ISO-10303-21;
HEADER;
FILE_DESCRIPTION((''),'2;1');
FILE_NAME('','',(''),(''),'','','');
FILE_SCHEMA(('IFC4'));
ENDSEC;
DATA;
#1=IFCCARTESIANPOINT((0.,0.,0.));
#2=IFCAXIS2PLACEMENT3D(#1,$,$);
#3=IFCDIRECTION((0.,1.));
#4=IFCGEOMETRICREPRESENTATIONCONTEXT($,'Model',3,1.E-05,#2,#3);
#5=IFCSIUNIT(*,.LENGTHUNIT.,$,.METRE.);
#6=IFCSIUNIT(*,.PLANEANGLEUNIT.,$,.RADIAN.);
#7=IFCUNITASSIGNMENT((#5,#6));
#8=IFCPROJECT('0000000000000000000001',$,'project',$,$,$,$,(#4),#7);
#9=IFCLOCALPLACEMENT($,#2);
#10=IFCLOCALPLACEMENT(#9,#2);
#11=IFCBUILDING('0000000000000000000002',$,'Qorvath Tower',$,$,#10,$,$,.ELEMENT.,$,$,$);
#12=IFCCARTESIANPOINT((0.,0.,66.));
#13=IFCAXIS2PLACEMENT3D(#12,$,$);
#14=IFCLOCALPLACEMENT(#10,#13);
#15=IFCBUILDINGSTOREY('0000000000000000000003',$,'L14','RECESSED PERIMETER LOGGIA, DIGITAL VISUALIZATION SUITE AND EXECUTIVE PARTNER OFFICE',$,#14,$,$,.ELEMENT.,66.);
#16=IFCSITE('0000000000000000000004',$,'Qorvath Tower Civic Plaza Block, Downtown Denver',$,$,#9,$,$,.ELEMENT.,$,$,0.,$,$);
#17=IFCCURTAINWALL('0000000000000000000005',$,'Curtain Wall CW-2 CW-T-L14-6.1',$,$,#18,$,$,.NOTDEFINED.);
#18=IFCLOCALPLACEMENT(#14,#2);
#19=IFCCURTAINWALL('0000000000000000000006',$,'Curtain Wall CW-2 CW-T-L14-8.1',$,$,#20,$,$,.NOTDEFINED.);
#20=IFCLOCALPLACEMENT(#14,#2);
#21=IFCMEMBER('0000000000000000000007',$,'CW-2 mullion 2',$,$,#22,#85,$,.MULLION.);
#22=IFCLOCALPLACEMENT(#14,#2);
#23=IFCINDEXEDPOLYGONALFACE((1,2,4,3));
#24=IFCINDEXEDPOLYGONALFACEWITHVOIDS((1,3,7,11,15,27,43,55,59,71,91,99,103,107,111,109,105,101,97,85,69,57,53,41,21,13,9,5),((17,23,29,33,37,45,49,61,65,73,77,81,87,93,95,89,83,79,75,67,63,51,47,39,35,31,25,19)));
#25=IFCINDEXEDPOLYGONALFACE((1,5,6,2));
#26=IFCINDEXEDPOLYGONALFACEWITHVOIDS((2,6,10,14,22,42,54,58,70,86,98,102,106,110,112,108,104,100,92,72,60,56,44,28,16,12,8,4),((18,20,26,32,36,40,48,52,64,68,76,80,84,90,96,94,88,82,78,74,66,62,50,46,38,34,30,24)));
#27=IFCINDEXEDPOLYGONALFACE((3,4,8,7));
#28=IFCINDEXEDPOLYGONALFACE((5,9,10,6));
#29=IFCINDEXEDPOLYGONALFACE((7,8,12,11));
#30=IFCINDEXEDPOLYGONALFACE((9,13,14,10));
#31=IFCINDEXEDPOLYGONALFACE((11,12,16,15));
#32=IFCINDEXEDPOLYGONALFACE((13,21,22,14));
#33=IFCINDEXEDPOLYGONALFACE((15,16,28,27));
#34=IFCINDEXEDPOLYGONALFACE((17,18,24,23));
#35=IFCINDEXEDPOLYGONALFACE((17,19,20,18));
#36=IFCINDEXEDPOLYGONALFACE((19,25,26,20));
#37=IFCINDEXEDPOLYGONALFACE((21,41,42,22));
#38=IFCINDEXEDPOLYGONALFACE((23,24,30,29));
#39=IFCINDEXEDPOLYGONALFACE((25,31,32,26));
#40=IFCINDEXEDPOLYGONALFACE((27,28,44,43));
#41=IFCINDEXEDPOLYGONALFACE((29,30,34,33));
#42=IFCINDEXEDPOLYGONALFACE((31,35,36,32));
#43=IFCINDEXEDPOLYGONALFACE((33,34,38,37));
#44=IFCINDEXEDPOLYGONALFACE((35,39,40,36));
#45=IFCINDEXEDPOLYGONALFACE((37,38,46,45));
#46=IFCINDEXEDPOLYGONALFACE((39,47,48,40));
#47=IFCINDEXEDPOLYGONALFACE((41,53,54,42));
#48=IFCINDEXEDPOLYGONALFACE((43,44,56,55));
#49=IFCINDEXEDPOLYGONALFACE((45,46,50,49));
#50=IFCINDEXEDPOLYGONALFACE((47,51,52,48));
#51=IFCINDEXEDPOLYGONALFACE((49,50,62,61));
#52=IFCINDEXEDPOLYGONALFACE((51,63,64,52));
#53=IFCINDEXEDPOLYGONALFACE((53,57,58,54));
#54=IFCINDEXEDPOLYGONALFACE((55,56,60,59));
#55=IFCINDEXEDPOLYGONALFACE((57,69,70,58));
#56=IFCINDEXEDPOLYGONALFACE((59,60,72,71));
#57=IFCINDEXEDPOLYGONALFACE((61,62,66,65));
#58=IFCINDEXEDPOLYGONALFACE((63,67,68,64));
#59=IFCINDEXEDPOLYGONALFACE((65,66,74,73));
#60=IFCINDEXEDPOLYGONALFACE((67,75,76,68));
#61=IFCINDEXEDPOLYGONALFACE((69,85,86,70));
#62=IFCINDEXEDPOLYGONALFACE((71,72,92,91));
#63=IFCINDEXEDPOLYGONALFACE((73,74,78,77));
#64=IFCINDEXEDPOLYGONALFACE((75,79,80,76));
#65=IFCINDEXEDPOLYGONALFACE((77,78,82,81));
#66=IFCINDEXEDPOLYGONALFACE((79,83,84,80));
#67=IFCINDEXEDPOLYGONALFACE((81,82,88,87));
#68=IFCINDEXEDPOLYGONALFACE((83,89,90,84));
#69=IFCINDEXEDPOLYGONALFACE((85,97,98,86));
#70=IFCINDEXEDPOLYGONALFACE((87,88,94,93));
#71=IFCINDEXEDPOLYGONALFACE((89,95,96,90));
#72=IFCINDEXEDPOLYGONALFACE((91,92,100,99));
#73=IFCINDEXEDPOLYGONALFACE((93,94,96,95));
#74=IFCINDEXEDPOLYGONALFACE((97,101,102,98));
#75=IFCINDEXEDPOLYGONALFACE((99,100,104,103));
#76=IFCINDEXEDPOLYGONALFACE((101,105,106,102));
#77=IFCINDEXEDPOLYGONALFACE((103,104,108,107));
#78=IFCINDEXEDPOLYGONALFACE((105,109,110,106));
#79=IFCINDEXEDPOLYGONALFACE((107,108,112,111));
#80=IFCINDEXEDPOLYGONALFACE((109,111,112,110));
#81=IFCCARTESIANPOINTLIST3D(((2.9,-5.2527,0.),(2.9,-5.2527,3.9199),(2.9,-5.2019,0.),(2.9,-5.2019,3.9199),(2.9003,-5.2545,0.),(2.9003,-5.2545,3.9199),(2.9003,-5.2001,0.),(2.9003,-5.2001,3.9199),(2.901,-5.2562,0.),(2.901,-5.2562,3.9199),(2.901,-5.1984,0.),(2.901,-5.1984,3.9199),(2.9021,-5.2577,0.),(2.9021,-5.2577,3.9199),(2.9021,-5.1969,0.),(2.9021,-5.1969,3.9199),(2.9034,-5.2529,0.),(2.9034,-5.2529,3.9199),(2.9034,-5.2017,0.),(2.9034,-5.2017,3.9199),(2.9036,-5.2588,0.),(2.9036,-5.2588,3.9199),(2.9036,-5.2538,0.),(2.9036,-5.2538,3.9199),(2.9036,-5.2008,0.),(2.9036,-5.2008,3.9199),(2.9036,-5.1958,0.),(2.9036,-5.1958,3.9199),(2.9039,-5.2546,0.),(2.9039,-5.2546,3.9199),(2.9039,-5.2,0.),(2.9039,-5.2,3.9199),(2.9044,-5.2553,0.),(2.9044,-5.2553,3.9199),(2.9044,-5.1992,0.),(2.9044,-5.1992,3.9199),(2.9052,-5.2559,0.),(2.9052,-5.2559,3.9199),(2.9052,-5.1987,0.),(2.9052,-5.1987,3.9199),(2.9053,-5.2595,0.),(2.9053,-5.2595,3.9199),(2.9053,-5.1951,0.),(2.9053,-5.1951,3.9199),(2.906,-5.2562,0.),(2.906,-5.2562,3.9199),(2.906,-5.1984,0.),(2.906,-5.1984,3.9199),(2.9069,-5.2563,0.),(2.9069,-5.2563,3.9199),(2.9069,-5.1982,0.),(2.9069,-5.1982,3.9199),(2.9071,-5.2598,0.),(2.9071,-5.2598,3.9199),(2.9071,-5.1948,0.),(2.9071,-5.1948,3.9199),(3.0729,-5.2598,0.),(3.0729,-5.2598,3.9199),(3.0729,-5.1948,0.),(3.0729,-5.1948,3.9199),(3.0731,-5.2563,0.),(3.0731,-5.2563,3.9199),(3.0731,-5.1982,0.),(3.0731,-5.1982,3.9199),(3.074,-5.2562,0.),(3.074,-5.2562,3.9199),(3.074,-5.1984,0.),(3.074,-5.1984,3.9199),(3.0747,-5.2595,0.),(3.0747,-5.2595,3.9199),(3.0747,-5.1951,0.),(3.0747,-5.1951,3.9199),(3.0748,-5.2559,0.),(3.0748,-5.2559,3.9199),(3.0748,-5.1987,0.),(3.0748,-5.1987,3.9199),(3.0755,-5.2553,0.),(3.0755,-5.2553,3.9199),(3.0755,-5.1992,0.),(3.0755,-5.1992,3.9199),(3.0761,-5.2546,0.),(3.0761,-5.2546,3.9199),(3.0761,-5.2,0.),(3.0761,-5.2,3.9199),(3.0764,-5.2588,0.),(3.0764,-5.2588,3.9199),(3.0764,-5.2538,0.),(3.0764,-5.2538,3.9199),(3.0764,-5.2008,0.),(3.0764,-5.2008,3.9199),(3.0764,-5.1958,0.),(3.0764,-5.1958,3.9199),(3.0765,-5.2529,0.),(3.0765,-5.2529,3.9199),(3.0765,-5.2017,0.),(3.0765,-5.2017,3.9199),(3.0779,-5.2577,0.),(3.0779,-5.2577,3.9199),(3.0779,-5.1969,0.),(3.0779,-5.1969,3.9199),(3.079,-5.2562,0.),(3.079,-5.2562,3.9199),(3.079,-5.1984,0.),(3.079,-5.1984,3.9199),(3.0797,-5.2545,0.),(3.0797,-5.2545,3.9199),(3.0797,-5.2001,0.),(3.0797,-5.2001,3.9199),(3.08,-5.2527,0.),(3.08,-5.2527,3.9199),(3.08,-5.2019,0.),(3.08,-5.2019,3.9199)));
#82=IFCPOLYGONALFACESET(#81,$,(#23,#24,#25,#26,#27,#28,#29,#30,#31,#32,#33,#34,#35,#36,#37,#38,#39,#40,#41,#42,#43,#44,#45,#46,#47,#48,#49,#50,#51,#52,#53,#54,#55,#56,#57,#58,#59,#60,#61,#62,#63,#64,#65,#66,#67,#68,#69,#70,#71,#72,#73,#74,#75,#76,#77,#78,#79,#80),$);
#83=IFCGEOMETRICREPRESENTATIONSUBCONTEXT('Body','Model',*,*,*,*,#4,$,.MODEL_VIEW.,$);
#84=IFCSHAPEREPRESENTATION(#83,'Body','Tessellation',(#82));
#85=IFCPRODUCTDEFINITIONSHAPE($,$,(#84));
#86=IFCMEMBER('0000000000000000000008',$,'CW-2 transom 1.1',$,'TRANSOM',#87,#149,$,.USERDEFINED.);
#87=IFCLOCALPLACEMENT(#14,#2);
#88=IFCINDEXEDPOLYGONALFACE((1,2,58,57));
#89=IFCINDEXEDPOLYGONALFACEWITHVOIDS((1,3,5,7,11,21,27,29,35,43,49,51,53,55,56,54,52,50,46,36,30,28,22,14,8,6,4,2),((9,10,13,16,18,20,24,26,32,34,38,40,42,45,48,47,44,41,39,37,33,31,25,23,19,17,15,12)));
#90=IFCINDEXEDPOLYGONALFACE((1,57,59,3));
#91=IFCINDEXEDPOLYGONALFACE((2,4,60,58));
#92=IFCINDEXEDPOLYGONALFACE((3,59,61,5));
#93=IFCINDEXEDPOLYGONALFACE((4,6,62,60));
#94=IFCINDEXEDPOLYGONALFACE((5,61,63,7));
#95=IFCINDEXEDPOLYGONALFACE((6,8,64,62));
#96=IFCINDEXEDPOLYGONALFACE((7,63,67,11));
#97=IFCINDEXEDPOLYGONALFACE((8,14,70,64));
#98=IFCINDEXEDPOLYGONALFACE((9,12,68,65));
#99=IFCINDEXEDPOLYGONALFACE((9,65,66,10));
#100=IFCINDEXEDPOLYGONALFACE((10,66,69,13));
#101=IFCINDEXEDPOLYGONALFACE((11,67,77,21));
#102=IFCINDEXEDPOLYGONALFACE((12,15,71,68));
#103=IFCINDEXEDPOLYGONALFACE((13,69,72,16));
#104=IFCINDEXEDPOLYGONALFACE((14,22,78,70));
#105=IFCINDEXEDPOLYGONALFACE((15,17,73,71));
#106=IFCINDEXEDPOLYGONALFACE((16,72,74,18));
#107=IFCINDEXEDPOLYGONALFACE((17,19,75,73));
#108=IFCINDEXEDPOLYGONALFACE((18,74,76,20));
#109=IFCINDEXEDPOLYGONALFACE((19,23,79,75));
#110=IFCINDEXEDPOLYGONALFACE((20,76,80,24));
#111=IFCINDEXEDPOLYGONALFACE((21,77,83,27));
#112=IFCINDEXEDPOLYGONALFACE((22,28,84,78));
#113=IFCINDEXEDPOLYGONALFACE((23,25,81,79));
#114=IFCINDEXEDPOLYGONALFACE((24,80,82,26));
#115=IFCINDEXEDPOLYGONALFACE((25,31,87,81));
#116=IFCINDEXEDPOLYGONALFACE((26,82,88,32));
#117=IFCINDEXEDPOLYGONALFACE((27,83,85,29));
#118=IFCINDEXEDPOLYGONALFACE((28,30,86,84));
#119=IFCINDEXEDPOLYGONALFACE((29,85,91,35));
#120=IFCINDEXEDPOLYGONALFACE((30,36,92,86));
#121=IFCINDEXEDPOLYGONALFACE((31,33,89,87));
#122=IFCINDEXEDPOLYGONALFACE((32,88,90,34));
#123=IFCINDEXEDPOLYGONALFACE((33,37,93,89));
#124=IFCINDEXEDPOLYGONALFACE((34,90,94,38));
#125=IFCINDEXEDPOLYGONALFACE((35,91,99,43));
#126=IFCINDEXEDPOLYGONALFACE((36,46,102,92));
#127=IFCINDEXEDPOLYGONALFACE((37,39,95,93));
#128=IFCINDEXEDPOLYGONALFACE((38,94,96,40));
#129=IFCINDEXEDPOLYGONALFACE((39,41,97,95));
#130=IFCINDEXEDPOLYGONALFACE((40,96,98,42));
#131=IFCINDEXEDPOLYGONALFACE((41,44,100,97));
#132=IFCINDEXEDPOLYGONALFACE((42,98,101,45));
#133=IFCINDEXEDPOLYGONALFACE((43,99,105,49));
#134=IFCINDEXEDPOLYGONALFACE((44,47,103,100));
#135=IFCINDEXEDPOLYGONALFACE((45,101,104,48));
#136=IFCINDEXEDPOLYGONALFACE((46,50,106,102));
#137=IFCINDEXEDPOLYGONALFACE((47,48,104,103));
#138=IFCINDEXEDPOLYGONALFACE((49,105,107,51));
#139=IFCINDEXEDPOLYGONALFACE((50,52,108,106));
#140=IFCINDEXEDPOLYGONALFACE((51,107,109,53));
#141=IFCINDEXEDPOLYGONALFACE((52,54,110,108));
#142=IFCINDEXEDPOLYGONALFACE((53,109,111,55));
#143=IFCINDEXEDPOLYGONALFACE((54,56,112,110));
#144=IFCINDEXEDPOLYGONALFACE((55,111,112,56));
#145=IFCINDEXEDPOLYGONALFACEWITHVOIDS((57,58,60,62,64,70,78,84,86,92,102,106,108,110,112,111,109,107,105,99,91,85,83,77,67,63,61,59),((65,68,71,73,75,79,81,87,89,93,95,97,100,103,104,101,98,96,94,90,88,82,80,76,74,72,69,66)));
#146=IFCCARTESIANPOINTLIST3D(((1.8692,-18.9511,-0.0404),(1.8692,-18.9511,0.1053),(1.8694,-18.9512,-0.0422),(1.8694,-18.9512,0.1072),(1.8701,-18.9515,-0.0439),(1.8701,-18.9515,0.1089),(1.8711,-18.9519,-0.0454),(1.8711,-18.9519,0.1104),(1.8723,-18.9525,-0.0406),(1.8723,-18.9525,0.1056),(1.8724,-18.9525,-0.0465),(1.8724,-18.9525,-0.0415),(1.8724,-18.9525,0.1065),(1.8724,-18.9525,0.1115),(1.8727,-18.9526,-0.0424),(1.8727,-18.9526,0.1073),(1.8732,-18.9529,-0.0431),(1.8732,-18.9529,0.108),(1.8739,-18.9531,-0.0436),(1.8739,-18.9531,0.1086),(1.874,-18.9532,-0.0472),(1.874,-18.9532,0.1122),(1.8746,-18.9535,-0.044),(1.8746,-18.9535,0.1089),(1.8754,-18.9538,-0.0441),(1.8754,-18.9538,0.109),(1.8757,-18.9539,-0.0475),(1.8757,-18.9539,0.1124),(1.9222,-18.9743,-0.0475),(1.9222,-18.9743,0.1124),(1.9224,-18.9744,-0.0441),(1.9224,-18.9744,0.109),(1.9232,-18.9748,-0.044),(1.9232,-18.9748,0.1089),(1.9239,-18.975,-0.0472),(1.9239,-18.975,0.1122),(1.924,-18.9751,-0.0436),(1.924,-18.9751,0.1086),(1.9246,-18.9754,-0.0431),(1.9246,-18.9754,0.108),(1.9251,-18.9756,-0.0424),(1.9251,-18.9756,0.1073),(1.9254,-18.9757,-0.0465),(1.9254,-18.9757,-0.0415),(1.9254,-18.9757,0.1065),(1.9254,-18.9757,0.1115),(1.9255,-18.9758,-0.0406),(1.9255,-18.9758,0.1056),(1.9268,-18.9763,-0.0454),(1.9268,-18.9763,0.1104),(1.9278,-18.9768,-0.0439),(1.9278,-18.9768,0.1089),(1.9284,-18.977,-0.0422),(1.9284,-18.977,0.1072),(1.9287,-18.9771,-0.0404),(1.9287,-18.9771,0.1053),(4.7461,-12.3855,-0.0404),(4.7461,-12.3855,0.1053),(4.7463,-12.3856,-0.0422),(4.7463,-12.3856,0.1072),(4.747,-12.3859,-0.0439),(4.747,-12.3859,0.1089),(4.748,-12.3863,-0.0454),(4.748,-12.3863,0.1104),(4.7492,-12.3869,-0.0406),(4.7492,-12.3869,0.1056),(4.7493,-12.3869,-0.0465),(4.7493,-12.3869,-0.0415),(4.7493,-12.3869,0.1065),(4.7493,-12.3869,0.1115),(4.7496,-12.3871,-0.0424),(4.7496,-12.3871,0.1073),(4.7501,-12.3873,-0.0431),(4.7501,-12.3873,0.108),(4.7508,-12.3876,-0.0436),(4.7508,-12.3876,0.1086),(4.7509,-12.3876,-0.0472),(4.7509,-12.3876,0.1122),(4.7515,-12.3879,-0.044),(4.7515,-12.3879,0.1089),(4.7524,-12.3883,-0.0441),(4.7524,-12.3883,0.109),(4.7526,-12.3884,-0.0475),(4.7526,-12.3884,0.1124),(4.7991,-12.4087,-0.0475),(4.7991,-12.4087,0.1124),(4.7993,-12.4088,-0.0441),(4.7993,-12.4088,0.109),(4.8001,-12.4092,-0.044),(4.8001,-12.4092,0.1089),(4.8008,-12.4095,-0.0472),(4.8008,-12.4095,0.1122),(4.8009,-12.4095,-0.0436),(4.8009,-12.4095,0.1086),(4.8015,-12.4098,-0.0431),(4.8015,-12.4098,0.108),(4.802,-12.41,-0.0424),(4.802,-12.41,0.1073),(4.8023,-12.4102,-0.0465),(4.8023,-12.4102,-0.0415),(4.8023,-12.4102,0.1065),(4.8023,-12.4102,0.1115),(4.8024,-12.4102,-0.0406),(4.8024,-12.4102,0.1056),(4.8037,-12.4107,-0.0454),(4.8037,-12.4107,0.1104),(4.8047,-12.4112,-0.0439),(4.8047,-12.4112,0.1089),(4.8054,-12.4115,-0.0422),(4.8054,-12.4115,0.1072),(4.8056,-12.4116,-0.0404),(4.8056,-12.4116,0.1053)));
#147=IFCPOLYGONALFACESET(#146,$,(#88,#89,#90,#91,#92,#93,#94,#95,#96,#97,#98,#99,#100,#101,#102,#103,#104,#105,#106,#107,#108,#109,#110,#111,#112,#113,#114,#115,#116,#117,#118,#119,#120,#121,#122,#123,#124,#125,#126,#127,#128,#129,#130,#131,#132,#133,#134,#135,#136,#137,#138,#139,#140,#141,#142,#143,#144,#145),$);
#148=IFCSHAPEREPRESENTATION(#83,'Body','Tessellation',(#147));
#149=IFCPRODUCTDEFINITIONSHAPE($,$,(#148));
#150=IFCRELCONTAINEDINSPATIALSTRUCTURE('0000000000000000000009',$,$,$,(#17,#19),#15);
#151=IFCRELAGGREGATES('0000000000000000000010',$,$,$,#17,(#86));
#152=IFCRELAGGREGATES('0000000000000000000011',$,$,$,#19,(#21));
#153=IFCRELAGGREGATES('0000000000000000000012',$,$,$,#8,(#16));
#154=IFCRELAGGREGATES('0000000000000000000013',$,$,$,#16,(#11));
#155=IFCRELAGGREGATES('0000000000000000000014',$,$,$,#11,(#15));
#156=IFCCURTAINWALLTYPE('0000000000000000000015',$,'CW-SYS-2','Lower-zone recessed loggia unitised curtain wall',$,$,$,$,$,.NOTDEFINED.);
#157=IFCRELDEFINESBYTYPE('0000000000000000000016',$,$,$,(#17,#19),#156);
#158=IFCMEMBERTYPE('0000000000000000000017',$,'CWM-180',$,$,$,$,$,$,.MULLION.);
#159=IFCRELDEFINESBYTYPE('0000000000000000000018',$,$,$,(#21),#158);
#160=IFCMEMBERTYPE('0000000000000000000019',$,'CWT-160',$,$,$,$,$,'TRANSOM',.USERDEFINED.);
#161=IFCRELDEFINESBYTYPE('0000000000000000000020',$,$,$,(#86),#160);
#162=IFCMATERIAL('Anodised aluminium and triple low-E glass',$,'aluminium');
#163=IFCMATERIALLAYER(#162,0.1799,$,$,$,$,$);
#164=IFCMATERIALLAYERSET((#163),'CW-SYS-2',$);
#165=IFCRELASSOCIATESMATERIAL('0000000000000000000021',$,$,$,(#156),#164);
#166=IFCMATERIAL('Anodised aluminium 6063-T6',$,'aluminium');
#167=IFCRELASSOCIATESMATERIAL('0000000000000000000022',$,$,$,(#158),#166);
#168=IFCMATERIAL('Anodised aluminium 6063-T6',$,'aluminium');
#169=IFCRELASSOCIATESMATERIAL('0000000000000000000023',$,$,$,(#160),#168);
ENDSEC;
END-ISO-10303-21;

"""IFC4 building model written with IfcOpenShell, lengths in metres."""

from ifc_helpers import new_model, si_unit, direction, frame, origin, origin_2d, place, context, subcontext, project, spatial, hollow_rectangle, extrude, material, layer, layer_set, material_profile, profile_set, type_object, element, aggregate, save


model = new_model("IFC4")

# Units and contexts
model_context = context("Model", 3, precision=1e-05, world=origin(), true_north=direction((0.0, 1.0)))
body_context = subcontext(model_context, "Body", "Model", "MODEL_VIEW")
ifc_project = project(units=[si_unit("LENGTHUNIT", "METRE"), si_unit("PLANEANGLEUNIT", "RADIAN")], contexts=[model_context])

# Site, building, storey
site_placement = place(None, origin())
site = spatial("IfcSite", under=ifc_project, at=site_placement, Name="Qorvath Tower Civic Plaza Block, Downtown Denver", CompositionType="ELEMENT", RefElevation=0.0)
building_placement = place(site_placement, origin())
building = spatial("IfcBuilding", under=site, at=building_placement, Name="Qorvath Tower", CompositionType="ELEMENT")
storey_placement = place(building_placement, frame((0.0, 0.0, 66.0)))
storey = spatial("IfcBuildingStorey", under=building, at=storey_placement, Name="L14", Description="RECESSED PERIMETER LOGGIA, DIGITAL VISUALIZATION SUITE AND EXECUTIVE PARTNER OFFICE", CompositionType="ELEMENT", Elevation=66.0)

# Curtain wall
ifc_material_1 = material(Name="Anodised aluminium and triple low-E glass", Category="aluminium")
ifc_layer_1 = layer(ifc_material_1, 0.1799)
ifc_layer_set_1 = layer_set([ifc_layer_1], Name="CW-SYS-2")
curtain_wall_type = type_object("IfcCurtainWallType", Name="CW-SYS-2", Description="Lower-zone recessed loggia unitised curtain wall", PredefinedType="NOTDEFINED", material=ifc_layer_set_1)
curtain_wall_1_placement = place(storey_placement, origin())
curtain_wall_1 = element("IfcCurtainWall", 1, at=curtain_wall_1_placement, inside=storey, type_object=curtain_wall_type, Name="Curtain Wall CW-2 CW-T-L14-6.1", PredefinedType="NOTDEFINED")
ifc_material_2 = material(Name="Anodised aluminium 6063-T6", Category="aluminium")
ifc_material_profile_1 = material_profile(ifc_material_2, hollow_rectangle(XDim=0.0649, YDim=0.1799, WallThickness=0.0034, InnerFilletRadius=0.0034, OuterFilletRadius=0.0071, at=origin_2d()), Name="CWM 180x65")
ifc_profile_set_1 = profile_set([ifc_material_profile_1], Name="Anodised aluminium 6063-T6")
member_type_1 = type_object("IfcMemberType", Name="CWM-180", PredefinedType="MULLION", material=ifc_profile_set_1)

# Curtain wall, member
curtain_wall_2_placement = place(storey_placement, origin())
curtain_wall_2 = element("IfcCurtainWall", 2, at=curtain_wall_2_placement, inside=storey, type_object=curtain_wall_type, Name="Curtain Wall CW-2 CW-T-L14-8.1", PredefinedType="NOTDEFINED")
member_1_placement = place(storey_placement, frame((2.99, -5.2273, 0.0), z_axis=(0.0, 0.0, 1.0), x_axis=(0.0, -1.0, 0.0)))
member_1 = element("IfcMember", 3, at=member_1_placement, type_object=member_type_1, Name="CW-2 mullion 2", PredefinedType="MULLION", context=body_context, shape_type="SweptSolid", body=[
    extrude(hollow_rectangle(XDim=0.0649, YDim=0.1799, WallThickness=0.0034, InnerFilletRadius=0.0034, OuterFilletRadius=0.0071, at=origin_2d()), origin(), (0.0, 0.0, 1.0), 3.9199),
])

# Member
ifc_material_3 = material(Name="Anodised aluminium 6063-T6", Category="aluminium")
ifc_material_profile_2 = material_profile(ifc_material_3, hollow_rectangle(XDim=0.0649, YDim=0.1599, WallThickness=0.0034, InnerFilletRadius=0.0034, OuterFilletRadius=0.0071, at=origin_2d()), Name="CWT 160x65")
ifc_profile_set_2 = profile_set([ifc_material_profile_2], Name="Anodised aluminium 6063-T6")
member_type_2 = type_object("IfcMemberType", Name="CWT-160", ElementType="TRANSOM", PredefinedType="USERDEFINED", material=ifc_profile_set_2)
member_2_placement = place(storey_placement, frame((1.8989, -18.9641, 0.0325), z_axis=(0.401342, 0.915928, 0.0), x_axis=(-0.915928, 0.401342, 0.0)))
member_2 = element("IfcMember", 4, at=member_2_placement, type_object=member_type_2, Name="CW-2 transom 1.1", ObjectType="TRANSOM", PredefinedType="USERDEFINED", context=body_context, shape_type="SweptSolid", body=[
    extrude(hollow_rectangle(XDim=0.0649, YDim=0.1599, WallThickness=0.0034, InnerFilletRadius=0.0034, OuterFilletRadius=0.0071, at=origin_2d()), origin(), (0.0, 0.0, 1.0), 7.1682),
])

aggregate(curtain_wall_1, [member_2])
aggregate(curtain_wall_2, [member_1])

save(model, "model.ifc")
